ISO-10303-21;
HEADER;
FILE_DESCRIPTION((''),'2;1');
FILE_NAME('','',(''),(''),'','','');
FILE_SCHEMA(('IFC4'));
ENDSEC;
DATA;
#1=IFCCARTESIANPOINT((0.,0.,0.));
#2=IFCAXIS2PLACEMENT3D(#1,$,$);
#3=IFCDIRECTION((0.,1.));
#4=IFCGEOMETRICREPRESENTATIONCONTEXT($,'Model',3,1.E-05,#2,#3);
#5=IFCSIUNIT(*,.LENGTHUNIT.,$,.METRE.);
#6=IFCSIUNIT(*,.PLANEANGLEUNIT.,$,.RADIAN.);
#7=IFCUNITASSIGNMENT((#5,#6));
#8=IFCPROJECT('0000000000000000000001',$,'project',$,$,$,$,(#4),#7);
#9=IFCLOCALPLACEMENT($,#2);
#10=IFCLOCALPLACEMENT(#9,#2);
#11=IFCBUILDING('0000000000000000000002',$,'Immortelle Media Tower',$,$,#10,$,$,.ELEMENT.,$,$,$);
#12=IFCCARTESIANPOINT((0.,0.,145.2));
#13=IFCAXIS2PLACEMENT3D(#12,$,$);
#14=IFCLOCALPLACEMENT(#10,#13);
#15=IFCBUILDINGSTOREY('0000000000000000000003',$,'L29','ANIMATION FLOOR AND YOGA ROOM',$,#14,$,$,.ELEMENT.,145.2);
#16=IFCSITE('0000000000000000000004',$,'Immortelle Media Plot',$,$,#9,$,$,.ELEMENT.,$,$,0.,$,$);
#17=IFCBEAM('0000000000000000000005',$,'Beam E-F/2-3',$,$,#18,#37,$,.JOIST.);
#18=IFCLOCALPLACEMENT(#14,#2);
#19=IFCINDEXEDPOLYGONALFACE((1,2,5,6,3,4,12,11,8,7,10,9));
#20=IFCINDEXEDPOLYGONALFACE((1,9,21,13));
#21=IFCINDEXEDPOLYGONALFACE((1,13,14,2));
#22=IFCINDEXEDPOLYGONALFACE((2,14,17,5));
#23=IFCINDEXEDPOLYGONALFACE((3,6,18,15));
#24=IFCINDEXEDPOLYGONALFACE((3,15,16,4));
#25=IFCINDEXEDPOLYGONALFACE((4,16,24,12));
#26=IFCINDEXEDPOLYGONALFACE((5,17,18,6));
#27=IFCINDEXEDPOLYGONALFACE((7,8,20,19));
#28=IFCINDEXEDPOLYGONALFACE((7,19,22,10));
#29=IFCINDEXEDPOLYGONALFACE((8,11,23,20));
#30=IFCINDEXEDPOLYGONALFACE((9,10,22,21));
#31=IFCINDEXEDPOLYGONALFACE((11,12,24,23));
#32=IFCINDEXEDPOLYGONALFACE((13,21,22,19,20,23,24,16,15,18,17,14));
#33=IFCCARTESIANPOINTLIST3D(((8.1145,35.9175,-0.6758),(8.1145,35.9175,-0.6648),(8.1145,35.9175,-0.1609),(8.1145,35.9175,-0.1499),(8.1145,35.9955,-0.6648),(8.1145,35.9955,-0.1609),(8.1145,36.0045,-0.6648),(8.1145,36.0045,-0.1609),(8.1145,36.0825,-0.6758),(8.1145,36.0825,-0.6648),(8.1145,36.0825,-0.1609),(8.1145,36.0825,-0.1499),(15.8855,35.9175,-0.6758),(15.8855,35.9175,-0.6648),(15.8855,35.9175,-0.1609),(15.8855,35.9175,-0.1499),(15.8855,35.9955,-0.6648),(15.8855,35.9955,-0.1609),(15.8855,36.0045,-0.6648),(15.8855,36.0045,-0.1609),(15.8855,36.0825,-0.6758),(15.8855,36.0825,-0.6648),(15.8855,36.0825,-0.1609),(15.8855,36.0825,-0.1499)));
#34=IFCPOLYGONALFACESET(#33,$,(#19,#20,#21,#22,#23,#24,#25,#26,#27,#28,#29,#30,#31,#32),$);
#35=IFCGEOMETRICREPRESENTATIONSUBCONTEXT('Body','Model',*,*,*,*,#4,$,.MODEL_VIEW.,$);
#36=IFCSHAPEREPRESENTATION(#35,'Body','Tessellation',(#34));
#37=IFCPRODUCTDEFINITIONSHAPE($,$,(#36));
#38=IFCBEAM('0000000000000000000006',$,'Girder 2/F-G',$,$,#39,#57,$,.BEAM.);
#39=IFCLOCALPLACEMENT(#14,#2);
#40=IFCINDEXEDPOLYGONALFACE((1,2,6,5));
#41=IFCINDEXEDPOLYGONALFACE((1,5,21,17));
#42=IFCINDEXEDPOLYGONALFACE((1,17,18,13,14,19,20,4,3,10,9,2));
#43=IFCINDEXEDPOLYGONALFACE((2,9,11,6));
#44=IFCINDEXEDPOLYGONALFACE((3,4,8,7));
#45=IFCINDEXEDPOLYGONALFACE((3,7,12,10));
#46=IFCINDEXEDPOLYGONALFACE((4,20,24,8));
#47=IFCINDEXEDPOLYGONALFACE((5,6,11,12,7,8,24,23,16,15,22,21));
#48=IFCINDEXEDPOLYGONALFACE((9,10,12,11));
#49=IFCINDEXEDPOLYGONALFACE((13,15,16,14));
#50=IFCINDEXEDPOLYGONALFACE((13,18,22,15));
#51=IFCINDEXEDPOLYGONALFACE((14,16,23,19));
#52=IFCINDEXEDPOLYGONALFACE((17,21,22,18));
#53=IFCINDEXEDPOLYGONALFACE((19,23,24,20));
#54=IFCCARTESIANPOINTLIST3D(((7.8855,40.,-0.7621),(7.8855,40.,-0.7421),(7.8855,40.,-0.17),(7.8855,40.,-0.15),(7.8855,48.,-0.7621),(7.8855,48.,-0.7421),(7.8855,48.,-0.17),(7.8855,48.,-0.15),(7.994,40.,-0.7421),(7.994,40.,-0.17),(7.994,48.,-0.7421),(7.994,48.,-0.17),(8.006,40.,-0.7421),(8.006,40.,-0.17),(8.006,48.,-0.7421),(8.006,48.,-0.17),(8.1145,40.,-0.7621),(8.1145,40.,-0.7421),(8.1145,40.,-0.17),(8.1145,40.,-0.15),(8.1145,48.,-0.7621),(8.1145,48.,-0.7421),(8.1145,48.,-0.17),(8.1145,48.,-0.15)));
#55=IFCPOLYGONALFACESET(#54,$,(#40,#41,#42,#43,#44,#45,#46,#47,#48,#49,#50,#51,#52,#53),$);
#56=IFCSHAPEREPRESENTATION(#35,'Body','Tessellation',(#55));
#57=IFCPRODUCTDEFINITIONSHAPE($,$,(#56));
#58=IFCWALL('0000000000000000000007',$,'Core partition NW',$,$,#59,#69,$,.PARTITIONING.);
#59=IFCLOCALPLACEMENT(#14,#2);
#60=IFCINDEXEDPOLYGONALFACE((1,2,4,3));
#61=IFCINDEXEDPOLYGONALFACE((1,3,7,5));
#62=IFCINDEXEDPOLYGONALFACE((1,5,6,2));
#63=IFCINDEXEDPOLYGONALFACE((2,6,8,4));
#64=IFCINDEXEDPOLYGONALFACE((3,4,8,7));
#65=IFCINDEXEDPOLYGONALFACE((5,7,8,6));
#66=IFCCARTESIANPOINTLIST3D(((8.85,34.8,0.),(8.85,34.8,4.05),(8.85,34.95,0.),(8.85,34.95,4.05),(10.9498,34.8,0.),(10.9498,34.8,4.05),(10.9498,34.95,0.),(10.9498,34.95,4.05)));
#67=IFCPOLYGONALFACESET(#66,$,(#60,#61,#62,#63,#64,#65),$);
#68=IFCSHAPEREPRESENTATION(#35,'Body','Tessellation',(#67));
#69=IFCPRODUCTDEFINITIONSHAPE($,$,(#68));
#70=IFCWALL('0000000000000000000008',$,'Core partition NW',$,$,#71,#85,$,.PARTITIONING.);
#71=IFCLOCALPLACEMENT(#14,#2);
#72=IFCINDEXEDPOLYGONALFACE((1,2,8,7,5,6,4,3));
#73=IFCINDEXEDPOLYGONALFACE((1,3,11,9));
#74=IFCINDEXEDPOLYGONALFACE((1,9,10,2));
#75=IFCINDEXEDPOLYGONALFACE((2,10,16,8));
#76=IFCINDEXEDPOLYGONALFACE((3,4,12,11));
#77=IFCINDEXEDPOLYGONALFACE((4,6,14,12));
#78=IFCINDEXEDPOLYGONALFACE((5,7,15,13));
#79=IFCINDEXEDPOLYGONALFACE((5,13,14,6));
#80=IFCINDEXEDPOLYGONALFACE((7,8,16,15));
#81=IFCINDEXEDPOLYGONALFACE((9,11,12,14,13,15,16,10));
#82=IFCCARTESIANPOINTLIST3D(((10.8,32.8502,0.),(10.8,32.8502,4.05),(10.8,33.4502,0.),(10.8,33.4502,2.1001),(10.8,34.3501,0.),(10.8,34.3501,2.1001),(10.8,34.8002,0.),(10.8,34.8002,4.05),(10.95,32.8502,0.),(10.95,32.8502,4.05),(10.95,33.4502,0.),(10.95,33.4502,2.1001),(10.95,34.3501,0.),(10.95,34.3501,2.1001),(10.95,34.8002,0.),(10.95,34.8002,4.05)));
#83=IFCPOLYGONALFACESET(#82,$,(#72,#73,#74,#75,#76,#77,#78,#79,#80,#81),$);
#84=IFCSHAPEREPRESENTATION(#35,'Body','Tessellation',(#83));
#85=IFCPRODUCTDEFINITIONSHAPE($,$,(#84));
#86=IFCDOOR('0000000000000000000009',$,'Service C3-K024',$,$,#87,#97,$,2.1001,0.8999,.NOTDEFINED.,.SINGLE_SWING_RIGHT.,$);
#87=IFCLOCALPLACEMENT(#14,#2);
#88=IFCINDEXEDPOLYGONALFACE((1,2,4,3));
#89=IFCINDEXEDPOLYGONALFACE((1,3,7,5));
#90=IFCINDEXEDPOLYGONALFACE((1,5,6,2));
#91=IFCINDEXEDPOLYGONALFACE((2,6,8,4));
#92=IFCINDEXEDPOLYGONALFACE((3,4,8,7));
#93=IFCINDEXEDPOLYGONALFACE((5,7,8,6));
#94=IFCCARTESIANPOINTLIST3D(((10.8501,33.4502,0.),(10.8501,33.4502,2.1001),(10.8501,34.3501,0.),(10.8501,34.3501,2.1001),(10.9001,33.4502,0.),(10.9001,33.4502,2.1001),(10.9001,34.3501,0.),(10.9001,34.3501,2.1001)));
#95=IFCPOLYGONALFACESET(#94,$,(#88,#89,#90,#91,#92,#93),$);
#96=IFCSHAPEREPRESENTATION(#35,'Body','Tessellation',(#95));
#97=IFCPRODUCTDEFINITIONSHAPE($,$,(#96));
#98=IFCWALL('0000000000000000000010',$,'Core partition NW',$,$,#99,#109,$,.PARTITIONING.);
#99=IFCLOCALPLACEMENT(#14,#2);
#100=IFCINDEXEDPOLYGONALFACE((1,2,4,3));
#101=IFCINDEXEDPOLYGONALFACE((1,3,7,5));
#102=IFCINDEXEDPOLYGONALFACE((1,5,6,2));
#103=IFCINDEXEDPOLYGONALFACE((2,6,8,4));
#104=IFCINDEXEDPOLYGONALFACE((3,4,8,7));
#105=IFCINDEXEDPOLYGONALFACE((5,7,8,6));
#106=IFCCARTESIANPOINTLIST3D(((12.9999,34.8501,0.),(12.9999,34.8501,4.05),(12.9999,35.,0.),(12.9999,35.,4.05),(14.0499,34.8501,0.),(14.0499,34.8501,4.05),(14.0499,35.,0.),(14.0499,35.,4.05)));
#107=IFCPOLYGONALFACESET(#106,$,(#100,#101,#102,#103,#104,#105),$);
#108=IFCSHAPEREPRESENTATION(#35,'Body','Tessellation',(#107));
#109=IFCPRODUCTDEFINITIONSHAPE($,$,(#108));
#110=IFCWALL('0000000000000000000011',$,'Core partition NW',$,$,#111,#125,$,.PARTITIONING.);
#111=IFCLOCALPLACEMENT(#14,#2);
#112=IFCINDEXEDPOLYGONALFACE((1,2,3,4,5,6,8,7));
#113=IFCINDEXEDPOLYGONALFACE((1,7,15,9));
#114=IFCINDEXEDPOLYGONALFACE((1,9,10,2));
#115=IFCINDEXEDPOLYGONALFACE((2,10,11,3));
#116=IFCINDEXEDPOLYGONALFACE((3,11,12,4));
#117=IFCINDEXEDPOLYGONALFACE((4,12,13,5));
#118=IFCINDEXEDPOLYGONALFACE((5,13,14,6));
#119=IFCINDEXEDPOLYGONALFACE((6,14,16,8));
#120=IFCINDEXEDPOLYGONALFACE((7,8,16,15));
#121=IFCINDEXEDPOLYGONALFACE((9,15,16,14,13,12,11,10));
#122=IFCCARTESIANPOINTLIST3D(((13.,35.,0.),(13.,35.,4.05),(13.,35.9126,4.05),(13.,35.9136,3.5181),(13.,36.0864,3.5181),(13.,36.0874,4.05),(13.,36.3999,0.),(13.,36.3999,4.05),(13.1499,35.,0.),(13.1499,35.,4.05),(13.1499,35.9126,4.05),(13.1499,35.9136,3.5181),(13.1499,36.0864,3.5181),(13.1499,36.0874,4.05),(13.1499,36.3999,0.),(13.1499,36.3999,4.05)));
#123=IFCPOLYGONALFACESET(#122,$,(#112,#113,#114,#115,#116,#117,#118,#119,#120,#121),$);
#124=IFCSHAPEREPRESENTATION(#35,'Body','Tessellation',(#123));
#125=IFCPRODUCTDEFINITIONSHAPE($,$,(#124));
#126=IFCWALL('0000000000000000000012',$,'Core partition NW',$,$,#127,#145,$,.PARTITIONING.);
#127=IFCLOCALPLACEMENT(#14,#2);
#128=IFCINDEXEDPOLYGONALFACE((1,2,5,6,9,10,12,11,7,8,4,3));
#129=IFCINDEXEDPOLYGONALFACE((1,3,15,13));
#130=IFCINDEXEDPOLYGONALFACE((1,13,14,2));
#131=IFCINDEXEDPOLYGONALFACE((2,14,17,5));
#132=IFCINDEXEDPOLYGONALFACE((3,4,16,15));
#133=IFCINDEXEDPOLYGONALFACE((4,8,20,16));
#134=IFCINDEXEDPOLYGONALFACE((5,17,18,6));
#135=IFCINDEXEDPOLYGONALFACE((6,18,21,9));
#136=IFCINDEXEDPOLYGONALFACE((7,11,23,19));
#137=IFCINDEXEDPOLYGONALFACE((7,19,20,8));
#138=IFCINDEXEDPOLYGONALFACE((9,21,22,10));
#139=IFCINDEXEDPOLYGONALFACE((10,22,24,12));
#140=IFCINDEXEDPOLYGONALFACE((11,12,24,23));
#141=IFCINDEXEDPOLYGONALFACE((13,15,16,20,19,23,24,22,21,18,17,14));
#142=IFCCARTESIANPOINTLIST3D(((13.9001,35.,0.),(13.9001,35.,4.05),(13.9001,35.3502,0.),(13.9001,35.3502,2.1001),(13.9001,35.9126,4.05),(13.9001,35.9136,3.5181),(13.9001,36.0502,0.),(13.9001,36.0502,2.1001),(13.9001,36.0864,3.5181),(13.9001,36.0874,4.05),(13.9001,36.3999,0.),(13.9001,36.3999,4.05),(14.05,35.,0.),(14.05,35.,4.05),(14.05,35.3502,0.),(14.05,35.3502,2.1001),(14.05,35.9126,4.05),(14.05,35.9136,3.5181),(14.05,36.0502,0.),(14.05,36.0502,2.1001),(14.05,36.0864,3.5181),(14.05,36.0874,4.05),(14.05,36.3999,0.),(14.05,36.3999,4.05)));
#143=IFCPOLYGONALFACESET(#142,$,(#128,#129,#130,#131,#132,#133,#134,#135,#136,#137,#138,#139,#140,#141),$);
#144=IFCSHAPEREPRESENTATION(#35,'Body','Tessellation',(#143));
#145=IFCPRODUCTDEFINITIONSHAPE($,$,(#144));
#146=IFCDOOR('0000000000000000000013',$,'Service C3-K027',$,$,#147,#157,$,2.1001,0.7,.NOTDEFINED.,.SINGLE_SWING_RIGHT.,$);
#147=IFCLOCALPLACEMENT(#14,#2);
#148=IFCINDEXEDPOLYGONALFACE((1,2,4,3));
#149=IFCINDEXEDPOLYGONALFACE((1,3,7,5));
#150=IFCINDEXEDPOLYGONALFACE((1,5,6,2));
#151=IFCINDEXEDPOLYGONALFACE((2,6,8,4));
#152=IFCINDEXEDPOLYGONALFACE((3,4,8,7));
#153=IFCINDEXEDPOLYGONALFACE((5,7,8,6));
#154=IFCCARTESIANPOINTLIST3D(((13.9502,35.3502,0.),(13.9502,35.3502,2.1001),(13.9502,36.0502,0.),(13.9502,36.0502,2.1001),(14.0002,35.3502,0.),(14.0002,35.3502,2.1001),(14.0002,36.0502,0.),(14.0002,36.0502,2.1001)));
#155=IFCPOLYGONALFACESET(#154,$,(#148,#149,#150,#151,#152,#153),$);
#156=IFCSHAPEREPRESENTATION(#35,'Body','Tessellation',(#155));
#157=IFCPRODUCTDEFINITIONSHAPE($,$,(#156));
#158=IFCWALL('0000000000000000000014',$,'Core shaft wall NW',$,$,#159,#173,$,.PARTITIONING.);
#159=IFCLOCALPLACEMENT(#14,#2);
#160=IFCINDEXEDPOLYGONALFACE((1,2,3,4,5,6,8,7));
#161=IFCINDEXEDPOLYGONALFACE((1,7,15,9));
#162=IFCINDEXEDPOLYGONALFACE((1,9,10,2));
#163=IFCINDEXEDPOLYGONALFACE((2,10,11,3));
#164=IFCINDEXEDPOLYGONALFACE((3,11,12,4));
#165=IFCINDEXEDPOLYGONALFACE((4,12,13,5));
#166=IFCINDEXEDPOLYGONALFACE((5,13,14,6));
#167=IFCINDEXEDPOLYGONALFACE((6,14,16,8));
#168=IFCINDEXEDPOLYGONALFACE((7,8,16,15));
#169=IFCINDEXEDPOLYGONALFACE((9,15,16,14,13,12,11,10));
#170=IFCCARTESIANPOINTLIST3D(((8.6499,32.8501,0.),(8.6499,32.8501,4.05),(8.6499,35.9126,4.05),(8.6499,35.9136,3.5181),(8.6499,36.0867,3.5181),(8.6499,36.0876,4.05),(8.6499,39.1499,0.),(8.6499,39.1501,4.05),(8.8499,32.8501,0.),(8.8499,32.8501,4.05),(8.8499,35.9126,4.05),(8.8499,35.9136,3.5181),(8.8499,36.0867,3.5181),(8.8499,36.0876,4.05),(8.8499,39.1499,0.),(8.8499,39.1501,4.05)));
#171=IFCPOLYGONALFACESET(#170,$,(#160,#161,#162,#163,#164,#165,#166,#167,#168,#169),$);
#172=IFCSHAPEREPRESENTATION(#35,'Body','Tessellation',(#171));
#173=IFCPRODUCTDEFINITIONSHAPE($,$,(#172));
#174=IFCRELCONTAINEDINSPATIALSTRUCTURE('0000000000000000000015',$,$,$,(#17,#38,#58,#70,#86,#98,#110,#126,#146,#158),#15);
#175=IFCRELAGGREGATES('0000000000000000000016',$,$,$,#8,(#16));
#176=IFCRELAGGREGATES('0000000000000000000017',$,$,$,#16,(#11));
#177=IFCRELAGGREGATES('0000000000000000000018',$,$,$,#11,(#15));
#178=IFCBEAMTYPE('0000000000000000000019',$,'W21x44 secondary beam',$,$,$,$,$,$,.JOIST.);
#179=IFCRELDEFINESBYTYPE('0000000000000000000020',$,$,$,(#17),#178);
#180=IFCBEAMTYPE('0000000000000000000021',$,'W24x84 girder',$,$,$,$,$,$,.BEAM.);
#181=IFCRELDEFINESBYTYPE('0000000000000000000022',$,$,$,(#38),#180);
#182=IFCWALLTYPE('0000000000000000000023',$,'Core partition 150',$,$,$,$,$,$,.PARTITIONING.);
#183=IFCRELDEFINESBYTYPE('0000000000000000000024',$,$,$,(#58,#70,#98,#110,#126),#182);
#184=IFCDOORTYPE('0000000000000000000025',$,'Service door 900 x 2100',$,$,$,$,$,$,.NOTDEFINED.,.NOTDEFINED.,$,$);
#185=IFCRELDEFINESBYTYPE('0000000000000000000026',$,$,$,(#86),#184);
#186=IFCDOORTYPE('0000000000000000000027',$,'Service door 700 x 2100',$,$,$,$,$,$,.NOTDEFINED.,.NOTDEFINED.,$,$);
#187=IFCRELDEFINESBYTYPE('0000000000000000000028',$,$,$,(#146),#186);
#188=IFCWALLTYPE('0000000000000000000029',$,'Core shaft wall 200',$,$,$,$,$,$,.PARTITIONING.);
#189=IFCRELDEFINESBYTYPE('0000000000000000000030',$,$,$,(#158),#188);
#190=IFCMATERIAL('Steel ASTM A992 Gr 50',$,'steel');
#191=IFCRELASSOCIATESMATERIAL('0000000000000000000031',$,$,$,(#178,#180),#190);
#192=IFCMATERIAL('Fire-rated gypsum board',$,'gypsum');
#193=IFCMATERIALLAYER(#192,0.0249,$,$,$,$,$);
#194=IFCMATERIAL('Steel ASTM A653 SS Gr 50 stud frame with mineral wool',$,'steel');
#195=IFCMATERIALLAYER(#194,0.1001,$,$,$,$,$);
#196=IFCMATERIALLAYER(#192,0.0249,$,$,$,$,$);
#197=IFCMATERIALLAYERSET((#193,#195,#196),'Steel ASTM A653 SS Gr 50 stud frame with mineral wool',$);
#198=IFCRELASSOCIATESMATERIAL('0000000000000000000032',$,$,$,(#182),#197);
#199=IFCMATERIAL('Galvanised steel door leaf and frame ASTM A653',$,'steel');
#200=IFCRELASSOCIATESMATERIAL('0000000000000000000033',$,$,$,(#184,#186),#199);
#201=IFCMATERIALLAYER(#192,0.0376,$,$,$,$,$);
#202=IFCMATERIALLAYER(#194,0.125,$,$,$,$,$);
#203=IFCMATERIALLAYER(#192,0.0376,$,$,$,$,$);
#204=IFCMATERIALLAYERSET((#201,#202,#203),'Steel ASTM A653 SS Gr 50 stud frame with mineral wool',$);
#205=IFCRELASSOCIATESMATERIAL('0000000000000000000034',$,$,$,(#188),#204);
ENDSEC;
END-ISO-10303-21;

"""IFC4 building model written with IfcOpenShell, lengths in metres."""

from ifc_helpers import new_model, si_unit, direction, frame, frame_2d, origin, origin_2d, place, context, subcontext, project, spatial, polyline, rectangle, i_section, outline, extrude, material, layer, layer_set, material_profile, profile_set, type_object, element, fill, save


model = new_model("IFC4")

# Units and contexts
model_context = context("Model", 3, precision=1e-05, world=origin(), true_north=direction((0.0, 1.0)))
body_context = subcontext(model_context, "Body", "Model", "MODEL_VIEW")
ifc_project = project(units=[si_unit("LENGTHUNIT", "METRE"), si_unit("PLANEANGLEUNIT", "RADIAN")], contexts=[model_context])

# Site, building, storey
site_placement = place(None, origin())
site = spatial("IfcSite", under=ifc_project, at=site_placement, Name="Immortelle Media Plot", CompositionType="ELEMENT", RefElevation=0.0)
building_placement = place(site_placement, origin())
building = spatial("IfcBuilding", under=site, at=building_placement, Name="Immortelle Media Tower", CompositionType="ELEMENT")
storey_placement = place(building_placement, frame((0.0, 0.0, 145.2)))
storey = spatial("IfcBuildingStorey", under=building, at=storey_placement, Name="L29", Description="ANIMATION FLOOR AND YOGA ROOM", CompositionType="ELEMENT", Elevation=145.2)

# Beams
ifc_material_1 = material(Name="Steel ASTM A992 Gr 50", Category="steel")
ifc_material_profile_1 = material_profile(ifc_material_1, i_section(OverallWidth=0.165, OverallDepth=0.5259, WebThickness=0.009, FlangeThickness=0.011, at=origin_2d()), Name="W21x44")
ifc_profile_set_1 = profile_set([ifc_material_profile_1], Name="Steel ASTM A992 Gr 50")
beam_type_1 = type_object("IfcBeamType", Name="W21x44 secondary beam", PredefinedType="JOIST", material=ifc_profile_set_1)
beam_1_placement = place(storey_placement, frame((8.1145, 36.0, -0.4128), z_axis=(1.0, 0.0, 0.0), x_axis=(0.0, 1.0, 0.0)))
element("IfcBeam", 1, at=beam_1_placement, inside=storey, type_object=beam_type_1, Name="Beam E-F/2-3", PredefinedType="JOIST", context=body_context, shape_type="SweptSolid", body=[
    extrude(i_section(OverallWidth=0.165, OverallDepth=0.5259, WebThickness=0.009, FlangeThickness=0.011, at=origin_2d()), origin(), (0.0, 0.0, 1.0), 7.771),
])
ifc_material_profile_2 = material_profile(ifc_material_1, i_section(OverallWidth=0.229, OverallDepth=0.6121, WebThickness=0.012, FlangeThickness=0.02, at=origin_2d()), Name="W24x84")
ifc_profile_set_2 = profile_set([ifc_material_profile_2], Name="Steel ASTM A992 Gr 50")
beam_type_2 = type_object("IfcBeamType", Name="W24x84 girder", PredefinedType="BEAM", material=ifc_profile_set_2)
beam_2_placement = place(storey_placement, frame((8.0, 40.0, -0.4561), z_axis=(0.0, 1.0, 0.0), x_axis=(-1.0, 0.0, 0.0)))
element("IfcBeam", 2, at=beam_2_placement, inside=storey, type_object=beam_type_2, Name="Girder 2/F-G", PredefinedType="BEAM", context=body_context, shape_type="SweptSolid", body=[
    extrude(i_section(OverallWidth=0.229, OverallDepth=0.6121, WebThickness=0.012, FlangeThickness=0.02, at=origin_2d()), origin(), (0.0, 0.0, 1.0), 8.0),
])

# Wall
ifc_material_2 = material(Name="Fire-rated gypsum board", Category="gypsum")
ifc_layer_1 = layer(ifc_material_2, 0.0249)
ifc_material_3 = material(Name="Steel ASTM A653 SS Gr 50 stud frame with mineral wool", Category="steel")
ifc_layer_2 = layer(ifc_material_3, 0.1001)
ifc_layer_3 = layer(ifc_material_2, 0.0249)
ifc_layer_set_1 = layer_set([ifc_layer_1, ifc_layer_2, ifc_layer_3], Name="Steel ASTM A653 SS Gr 50 stud frame with mineral wool")
wall_type_1 = type_object("IfcWallType", Name="Core partition 150", PredefinedType="PARTITIONING", material=ifc_layer_set_1)
wall_1_placement = place(storey_placement, frame((8.8501, 34.875, 0.0), z_axis=(0.0, 0.0, 1.0), x_axis=(1.0, 0.0, 0.0)))
element("IfcWall", 3, at=wall_1_placement, inside=storey, type_object=wall_type_1, Name="Core partition NW", PredefinedType="PARTITIONING", context=body_context, shape_type="SweptSolid", body=[
    extrude(rectangle(XDim=2.0999, YDim=0.1499, at=frame_2d((1.0498, 0.0))), origin(), (0.0, 0.0, 1.0), 4.05),
])

# Wall, opening, door
wall_2_placement = place(storey_placement, frame((10.875, 32.8501, 0.0), z_axis=(0.0, 0.0, 1.0), x_axis=(0.0, 1.0, 0.0)))
wall_2 = element("IfcWall", 4, at=wall_2_placement, inside=storey, type_object=wall_type_1, Name="Core partition NW", PredefinedType="PARTITIONING", context=body_context, shape_type="SweptSolid", body=[
    extrude(rectangle(XDim=1.95, YDim=0.1499, at=frame_2d((0.9751, 0.0))), origin(), (0.0, 0.0, 1.0), 4.05),
])
opening_1_placement = place(wall_2_placement, frame((0.6001, 0.0, 0.0)))
opening_1 = element("IfcOpeningElement", 5, at=opening_1_placement, cuts=wall_2, PredefinedType="OPENING", context=body_context, shape_type="SweptSolid", body=[
    extrude(rectangle(XDim=0.8999, YDim=2.1001, at=frame_2d((0.45, 1.05))), frame((0.0, 0.085, 0.0), z_axis=(0.0, -1.0, 0.0), x_axis=(1.0, 0.0, 0.0)), (0.0, 0.0, 1.0), 0.1699),
])
ifc_material_4 = material(Name="Galvanised steel door leaf and frame ASTM A653", Category="steel")
door_type_1 = type_object("IfcDoorType", Name="Service door 900 x 2100", OperationType="NOTDEFINED", PredefinedType="NOTDEFINED", material=ifc_material_4)
door_1_placement = place(opening_1_placement, origin())
door_1 = element("IfcDoor", 6, at=door_1_placement, inside=storey, type_object=door_type_1, Name="Service C3-K024", OperationType="SINGLE_SWING_RIGHT", OverallHeight=2.1001, OverallWidth=0.8999, PredefinedType="NOTDEFINED", context=body_context, shape_type="SweptSolid", body=[
    extrude(rectangle(XDim=0.8999, YDim=2.1001, at=frame_2d((0.45, 1.05))), frame((0.0, 0.0249, 0.0), z_axis=(0.0, -1.0, 0.0), x_axis=(1.0, 0.0, 0.0)), (0.0, 0.0, 1.0), 0.05),
])
fill(opening_1, door_1)

# Walls
wall_3_placement = place(storey_placement, frame((13.0, 34.925, 0.0), z_axis=(0.0, 0.0, 1.0), x_axis=(1.0, 0.0, 0.0)))
element("IfcWall", 7, at=wall_3_placement, inside=storey, type_object=wall_type_1, Name="Core partition NW", PredefinedType="PARTITIONING", context=body_context, shape_type="SweptSolid", body=[
    extrude(rectangle(XDim=1.05, YDim=0.1499, at=frame_2d((0.5249, 0.0))), origin(), (0.0, 0.0, 1.0), 4.05),
])
wall_4_placement = place(storey_placement, frame((13.075, 35.0, 0.0), z_axis=(0.0, 0.0, 1.0), x_axis=(0.0, 1.0, 0.0)))
element("IfcWall", 8, at=wall_4_placement, inside=storey, type_object=wall_type_1, Name="Core partition NW", PredefinedType="PARTITIONING", context=body_context, shape_type="SweptSolid", body=[
    extrude(outline(polyline([(0.0, 0.0), (1.3999, 0.0), (1.3999, 4.05), (1.0874, 4.05), (1.0864, 3.5181), (0.9136, 3.5181), (0.9126, 4.05), (0.0, 4.05), (0.0, 0.0)])), frame((0.0, 0.075, 0.0), z_axis=(0.0, -1.0, 0.0), x_axis=(1.0, 0.0, 0.0)), (0.0, 0.0, 1.0), 0.1499),
])

# Wall, opening, door
wall_5_placement = place(storey_placement, frame((13.9751, 35.0, 0.0), z_axis=(0.0, 0.0, 1.0), x_axis=(0.0, 1.0, 0.0)))
wall_5 = element("IfcWall", 9, at=wall_5_placement, inside=storey, type_object=wall_type_1, Name="Core partition NW", PredefinedType="PARTITIONING", context=body_context, shape_type="SweptSolid", body=[
    extrude(outline(polyline([(0.0, 0.0), (1.3999, 0.0), (1.3999, 4.05), (1.0874, 4.05), (1.0864, 3.5181), (0.9136, 3.5181), (0.9126, 4.05), (0.0, 4.05), (0.0, 0.0)])), frame((0.0, 0.075, 0.0), z_axis=(0.0, -1.0, 0.0), x_axis=(1.0, 0.0, 0.0)), (0.0, 0.0, 1.0), 0.1499),
])
opening_2_placement = place(wall_5_placement, frame((0.3501, 0.0, 0.0)))
opening_2 = element("IfcOpeningElement", 10, at=opening_2_placement, cuts=wall_5, PredefinedType="OPENING", context=body_context, shape_type="SweptSolid", body=[
    extrude(rectangle(XDim=0.7, YDim=2.1001, at=frame_2d((0.3501, 1.05))), frame((0.0, 0.085, 0.0), z_axis=(0.0, -1.0, 0.0), x_axis=(1.0, 0.0, 0.0)), (0.0, 0.0, 1.0), 0.1699),
])
door_type_2 = type_object("IfcDoorType", Name="Service door 700 x 2100", OperationType="NOTDEFINED", PredefinedType="NOTDEFINED", material=ifc_material_4)
door_2_placement = place(opening_2_placement, origin())
door_2 = element("IfcDoor", 11, at=door_2_placement, inside=storey, type_object=door_type_2, Name="Service C3-K027", OperationType="SINGLE_SWING_RIGHT", OverallHeight=2.1001, OverallWidth=0.7, PredefinedType="NOTDEFINED", context=body_context, shape_type="SweptSolid", body=[
    extrude(rectangle(XDim=0.7, YDim=2.1001, at=frame_2d((0.3501, 1.05))), frame((0.0, 0.0249, 0.0), z_axis=(0.0, -1.0, 0.0), x_axis=(1.0, 0.0, 0.0)), (0.0, 0.0, 1.0), 0.05),
])
fill(opening_2, door_2)

# Wall
ifc_layer_4 = layer(ifc_material_2, 0.0376)
ifc_layer_5 = layer(ifc_material_3, 0.125)
ifc_layer_6 = layer(ifc_material_2, 0.0376)
ifc_layer_set_2 = layer_set([ifc_layer_4, ifc_layer_5, ifc_layer_6], Name="Steel ASTM A653 SS Gr 50 stud frame with mineral wool")
wall_type_2 = type_object("IfcWallType", Name="Core shaft wall 200", PredefinedType="PARTITIONING", material=ifc_layer_set_2)
wall_6_placement = place(storey_placement, frame((8.75, 32.8501, 0.0), z_axis=(0.0, 0.0, 1.0), x_axis=(0.0, 1.0, 0.0)))
element("IfcWall", 12, at=wall_6_placement, inside=storey, type_object=wall_type_2, Name="Core shaft wall NW", PredefinedType="PARTITIONING", context=body_context, shape_type="SweptSolid", body=[
    extrude(outline(polyline([(0.0, 0.0), (6.2998, 0.0), (6.3, 4.05), (3.2375, 4.05), (3.2366, 3.5181), (3.0635, 3.5181), (3.0625, 4.05), (0.0, 4.05), (0.0, 0.0)])), frame((0.0, 0.1001, 0.0), z_axis=(0.0, -1.0, 0.0), x_axis=(1.0, 0.0, 0.0)), (0.0, 0.0, 1.0), 0.2),
])

save(model, "model.ifc")
